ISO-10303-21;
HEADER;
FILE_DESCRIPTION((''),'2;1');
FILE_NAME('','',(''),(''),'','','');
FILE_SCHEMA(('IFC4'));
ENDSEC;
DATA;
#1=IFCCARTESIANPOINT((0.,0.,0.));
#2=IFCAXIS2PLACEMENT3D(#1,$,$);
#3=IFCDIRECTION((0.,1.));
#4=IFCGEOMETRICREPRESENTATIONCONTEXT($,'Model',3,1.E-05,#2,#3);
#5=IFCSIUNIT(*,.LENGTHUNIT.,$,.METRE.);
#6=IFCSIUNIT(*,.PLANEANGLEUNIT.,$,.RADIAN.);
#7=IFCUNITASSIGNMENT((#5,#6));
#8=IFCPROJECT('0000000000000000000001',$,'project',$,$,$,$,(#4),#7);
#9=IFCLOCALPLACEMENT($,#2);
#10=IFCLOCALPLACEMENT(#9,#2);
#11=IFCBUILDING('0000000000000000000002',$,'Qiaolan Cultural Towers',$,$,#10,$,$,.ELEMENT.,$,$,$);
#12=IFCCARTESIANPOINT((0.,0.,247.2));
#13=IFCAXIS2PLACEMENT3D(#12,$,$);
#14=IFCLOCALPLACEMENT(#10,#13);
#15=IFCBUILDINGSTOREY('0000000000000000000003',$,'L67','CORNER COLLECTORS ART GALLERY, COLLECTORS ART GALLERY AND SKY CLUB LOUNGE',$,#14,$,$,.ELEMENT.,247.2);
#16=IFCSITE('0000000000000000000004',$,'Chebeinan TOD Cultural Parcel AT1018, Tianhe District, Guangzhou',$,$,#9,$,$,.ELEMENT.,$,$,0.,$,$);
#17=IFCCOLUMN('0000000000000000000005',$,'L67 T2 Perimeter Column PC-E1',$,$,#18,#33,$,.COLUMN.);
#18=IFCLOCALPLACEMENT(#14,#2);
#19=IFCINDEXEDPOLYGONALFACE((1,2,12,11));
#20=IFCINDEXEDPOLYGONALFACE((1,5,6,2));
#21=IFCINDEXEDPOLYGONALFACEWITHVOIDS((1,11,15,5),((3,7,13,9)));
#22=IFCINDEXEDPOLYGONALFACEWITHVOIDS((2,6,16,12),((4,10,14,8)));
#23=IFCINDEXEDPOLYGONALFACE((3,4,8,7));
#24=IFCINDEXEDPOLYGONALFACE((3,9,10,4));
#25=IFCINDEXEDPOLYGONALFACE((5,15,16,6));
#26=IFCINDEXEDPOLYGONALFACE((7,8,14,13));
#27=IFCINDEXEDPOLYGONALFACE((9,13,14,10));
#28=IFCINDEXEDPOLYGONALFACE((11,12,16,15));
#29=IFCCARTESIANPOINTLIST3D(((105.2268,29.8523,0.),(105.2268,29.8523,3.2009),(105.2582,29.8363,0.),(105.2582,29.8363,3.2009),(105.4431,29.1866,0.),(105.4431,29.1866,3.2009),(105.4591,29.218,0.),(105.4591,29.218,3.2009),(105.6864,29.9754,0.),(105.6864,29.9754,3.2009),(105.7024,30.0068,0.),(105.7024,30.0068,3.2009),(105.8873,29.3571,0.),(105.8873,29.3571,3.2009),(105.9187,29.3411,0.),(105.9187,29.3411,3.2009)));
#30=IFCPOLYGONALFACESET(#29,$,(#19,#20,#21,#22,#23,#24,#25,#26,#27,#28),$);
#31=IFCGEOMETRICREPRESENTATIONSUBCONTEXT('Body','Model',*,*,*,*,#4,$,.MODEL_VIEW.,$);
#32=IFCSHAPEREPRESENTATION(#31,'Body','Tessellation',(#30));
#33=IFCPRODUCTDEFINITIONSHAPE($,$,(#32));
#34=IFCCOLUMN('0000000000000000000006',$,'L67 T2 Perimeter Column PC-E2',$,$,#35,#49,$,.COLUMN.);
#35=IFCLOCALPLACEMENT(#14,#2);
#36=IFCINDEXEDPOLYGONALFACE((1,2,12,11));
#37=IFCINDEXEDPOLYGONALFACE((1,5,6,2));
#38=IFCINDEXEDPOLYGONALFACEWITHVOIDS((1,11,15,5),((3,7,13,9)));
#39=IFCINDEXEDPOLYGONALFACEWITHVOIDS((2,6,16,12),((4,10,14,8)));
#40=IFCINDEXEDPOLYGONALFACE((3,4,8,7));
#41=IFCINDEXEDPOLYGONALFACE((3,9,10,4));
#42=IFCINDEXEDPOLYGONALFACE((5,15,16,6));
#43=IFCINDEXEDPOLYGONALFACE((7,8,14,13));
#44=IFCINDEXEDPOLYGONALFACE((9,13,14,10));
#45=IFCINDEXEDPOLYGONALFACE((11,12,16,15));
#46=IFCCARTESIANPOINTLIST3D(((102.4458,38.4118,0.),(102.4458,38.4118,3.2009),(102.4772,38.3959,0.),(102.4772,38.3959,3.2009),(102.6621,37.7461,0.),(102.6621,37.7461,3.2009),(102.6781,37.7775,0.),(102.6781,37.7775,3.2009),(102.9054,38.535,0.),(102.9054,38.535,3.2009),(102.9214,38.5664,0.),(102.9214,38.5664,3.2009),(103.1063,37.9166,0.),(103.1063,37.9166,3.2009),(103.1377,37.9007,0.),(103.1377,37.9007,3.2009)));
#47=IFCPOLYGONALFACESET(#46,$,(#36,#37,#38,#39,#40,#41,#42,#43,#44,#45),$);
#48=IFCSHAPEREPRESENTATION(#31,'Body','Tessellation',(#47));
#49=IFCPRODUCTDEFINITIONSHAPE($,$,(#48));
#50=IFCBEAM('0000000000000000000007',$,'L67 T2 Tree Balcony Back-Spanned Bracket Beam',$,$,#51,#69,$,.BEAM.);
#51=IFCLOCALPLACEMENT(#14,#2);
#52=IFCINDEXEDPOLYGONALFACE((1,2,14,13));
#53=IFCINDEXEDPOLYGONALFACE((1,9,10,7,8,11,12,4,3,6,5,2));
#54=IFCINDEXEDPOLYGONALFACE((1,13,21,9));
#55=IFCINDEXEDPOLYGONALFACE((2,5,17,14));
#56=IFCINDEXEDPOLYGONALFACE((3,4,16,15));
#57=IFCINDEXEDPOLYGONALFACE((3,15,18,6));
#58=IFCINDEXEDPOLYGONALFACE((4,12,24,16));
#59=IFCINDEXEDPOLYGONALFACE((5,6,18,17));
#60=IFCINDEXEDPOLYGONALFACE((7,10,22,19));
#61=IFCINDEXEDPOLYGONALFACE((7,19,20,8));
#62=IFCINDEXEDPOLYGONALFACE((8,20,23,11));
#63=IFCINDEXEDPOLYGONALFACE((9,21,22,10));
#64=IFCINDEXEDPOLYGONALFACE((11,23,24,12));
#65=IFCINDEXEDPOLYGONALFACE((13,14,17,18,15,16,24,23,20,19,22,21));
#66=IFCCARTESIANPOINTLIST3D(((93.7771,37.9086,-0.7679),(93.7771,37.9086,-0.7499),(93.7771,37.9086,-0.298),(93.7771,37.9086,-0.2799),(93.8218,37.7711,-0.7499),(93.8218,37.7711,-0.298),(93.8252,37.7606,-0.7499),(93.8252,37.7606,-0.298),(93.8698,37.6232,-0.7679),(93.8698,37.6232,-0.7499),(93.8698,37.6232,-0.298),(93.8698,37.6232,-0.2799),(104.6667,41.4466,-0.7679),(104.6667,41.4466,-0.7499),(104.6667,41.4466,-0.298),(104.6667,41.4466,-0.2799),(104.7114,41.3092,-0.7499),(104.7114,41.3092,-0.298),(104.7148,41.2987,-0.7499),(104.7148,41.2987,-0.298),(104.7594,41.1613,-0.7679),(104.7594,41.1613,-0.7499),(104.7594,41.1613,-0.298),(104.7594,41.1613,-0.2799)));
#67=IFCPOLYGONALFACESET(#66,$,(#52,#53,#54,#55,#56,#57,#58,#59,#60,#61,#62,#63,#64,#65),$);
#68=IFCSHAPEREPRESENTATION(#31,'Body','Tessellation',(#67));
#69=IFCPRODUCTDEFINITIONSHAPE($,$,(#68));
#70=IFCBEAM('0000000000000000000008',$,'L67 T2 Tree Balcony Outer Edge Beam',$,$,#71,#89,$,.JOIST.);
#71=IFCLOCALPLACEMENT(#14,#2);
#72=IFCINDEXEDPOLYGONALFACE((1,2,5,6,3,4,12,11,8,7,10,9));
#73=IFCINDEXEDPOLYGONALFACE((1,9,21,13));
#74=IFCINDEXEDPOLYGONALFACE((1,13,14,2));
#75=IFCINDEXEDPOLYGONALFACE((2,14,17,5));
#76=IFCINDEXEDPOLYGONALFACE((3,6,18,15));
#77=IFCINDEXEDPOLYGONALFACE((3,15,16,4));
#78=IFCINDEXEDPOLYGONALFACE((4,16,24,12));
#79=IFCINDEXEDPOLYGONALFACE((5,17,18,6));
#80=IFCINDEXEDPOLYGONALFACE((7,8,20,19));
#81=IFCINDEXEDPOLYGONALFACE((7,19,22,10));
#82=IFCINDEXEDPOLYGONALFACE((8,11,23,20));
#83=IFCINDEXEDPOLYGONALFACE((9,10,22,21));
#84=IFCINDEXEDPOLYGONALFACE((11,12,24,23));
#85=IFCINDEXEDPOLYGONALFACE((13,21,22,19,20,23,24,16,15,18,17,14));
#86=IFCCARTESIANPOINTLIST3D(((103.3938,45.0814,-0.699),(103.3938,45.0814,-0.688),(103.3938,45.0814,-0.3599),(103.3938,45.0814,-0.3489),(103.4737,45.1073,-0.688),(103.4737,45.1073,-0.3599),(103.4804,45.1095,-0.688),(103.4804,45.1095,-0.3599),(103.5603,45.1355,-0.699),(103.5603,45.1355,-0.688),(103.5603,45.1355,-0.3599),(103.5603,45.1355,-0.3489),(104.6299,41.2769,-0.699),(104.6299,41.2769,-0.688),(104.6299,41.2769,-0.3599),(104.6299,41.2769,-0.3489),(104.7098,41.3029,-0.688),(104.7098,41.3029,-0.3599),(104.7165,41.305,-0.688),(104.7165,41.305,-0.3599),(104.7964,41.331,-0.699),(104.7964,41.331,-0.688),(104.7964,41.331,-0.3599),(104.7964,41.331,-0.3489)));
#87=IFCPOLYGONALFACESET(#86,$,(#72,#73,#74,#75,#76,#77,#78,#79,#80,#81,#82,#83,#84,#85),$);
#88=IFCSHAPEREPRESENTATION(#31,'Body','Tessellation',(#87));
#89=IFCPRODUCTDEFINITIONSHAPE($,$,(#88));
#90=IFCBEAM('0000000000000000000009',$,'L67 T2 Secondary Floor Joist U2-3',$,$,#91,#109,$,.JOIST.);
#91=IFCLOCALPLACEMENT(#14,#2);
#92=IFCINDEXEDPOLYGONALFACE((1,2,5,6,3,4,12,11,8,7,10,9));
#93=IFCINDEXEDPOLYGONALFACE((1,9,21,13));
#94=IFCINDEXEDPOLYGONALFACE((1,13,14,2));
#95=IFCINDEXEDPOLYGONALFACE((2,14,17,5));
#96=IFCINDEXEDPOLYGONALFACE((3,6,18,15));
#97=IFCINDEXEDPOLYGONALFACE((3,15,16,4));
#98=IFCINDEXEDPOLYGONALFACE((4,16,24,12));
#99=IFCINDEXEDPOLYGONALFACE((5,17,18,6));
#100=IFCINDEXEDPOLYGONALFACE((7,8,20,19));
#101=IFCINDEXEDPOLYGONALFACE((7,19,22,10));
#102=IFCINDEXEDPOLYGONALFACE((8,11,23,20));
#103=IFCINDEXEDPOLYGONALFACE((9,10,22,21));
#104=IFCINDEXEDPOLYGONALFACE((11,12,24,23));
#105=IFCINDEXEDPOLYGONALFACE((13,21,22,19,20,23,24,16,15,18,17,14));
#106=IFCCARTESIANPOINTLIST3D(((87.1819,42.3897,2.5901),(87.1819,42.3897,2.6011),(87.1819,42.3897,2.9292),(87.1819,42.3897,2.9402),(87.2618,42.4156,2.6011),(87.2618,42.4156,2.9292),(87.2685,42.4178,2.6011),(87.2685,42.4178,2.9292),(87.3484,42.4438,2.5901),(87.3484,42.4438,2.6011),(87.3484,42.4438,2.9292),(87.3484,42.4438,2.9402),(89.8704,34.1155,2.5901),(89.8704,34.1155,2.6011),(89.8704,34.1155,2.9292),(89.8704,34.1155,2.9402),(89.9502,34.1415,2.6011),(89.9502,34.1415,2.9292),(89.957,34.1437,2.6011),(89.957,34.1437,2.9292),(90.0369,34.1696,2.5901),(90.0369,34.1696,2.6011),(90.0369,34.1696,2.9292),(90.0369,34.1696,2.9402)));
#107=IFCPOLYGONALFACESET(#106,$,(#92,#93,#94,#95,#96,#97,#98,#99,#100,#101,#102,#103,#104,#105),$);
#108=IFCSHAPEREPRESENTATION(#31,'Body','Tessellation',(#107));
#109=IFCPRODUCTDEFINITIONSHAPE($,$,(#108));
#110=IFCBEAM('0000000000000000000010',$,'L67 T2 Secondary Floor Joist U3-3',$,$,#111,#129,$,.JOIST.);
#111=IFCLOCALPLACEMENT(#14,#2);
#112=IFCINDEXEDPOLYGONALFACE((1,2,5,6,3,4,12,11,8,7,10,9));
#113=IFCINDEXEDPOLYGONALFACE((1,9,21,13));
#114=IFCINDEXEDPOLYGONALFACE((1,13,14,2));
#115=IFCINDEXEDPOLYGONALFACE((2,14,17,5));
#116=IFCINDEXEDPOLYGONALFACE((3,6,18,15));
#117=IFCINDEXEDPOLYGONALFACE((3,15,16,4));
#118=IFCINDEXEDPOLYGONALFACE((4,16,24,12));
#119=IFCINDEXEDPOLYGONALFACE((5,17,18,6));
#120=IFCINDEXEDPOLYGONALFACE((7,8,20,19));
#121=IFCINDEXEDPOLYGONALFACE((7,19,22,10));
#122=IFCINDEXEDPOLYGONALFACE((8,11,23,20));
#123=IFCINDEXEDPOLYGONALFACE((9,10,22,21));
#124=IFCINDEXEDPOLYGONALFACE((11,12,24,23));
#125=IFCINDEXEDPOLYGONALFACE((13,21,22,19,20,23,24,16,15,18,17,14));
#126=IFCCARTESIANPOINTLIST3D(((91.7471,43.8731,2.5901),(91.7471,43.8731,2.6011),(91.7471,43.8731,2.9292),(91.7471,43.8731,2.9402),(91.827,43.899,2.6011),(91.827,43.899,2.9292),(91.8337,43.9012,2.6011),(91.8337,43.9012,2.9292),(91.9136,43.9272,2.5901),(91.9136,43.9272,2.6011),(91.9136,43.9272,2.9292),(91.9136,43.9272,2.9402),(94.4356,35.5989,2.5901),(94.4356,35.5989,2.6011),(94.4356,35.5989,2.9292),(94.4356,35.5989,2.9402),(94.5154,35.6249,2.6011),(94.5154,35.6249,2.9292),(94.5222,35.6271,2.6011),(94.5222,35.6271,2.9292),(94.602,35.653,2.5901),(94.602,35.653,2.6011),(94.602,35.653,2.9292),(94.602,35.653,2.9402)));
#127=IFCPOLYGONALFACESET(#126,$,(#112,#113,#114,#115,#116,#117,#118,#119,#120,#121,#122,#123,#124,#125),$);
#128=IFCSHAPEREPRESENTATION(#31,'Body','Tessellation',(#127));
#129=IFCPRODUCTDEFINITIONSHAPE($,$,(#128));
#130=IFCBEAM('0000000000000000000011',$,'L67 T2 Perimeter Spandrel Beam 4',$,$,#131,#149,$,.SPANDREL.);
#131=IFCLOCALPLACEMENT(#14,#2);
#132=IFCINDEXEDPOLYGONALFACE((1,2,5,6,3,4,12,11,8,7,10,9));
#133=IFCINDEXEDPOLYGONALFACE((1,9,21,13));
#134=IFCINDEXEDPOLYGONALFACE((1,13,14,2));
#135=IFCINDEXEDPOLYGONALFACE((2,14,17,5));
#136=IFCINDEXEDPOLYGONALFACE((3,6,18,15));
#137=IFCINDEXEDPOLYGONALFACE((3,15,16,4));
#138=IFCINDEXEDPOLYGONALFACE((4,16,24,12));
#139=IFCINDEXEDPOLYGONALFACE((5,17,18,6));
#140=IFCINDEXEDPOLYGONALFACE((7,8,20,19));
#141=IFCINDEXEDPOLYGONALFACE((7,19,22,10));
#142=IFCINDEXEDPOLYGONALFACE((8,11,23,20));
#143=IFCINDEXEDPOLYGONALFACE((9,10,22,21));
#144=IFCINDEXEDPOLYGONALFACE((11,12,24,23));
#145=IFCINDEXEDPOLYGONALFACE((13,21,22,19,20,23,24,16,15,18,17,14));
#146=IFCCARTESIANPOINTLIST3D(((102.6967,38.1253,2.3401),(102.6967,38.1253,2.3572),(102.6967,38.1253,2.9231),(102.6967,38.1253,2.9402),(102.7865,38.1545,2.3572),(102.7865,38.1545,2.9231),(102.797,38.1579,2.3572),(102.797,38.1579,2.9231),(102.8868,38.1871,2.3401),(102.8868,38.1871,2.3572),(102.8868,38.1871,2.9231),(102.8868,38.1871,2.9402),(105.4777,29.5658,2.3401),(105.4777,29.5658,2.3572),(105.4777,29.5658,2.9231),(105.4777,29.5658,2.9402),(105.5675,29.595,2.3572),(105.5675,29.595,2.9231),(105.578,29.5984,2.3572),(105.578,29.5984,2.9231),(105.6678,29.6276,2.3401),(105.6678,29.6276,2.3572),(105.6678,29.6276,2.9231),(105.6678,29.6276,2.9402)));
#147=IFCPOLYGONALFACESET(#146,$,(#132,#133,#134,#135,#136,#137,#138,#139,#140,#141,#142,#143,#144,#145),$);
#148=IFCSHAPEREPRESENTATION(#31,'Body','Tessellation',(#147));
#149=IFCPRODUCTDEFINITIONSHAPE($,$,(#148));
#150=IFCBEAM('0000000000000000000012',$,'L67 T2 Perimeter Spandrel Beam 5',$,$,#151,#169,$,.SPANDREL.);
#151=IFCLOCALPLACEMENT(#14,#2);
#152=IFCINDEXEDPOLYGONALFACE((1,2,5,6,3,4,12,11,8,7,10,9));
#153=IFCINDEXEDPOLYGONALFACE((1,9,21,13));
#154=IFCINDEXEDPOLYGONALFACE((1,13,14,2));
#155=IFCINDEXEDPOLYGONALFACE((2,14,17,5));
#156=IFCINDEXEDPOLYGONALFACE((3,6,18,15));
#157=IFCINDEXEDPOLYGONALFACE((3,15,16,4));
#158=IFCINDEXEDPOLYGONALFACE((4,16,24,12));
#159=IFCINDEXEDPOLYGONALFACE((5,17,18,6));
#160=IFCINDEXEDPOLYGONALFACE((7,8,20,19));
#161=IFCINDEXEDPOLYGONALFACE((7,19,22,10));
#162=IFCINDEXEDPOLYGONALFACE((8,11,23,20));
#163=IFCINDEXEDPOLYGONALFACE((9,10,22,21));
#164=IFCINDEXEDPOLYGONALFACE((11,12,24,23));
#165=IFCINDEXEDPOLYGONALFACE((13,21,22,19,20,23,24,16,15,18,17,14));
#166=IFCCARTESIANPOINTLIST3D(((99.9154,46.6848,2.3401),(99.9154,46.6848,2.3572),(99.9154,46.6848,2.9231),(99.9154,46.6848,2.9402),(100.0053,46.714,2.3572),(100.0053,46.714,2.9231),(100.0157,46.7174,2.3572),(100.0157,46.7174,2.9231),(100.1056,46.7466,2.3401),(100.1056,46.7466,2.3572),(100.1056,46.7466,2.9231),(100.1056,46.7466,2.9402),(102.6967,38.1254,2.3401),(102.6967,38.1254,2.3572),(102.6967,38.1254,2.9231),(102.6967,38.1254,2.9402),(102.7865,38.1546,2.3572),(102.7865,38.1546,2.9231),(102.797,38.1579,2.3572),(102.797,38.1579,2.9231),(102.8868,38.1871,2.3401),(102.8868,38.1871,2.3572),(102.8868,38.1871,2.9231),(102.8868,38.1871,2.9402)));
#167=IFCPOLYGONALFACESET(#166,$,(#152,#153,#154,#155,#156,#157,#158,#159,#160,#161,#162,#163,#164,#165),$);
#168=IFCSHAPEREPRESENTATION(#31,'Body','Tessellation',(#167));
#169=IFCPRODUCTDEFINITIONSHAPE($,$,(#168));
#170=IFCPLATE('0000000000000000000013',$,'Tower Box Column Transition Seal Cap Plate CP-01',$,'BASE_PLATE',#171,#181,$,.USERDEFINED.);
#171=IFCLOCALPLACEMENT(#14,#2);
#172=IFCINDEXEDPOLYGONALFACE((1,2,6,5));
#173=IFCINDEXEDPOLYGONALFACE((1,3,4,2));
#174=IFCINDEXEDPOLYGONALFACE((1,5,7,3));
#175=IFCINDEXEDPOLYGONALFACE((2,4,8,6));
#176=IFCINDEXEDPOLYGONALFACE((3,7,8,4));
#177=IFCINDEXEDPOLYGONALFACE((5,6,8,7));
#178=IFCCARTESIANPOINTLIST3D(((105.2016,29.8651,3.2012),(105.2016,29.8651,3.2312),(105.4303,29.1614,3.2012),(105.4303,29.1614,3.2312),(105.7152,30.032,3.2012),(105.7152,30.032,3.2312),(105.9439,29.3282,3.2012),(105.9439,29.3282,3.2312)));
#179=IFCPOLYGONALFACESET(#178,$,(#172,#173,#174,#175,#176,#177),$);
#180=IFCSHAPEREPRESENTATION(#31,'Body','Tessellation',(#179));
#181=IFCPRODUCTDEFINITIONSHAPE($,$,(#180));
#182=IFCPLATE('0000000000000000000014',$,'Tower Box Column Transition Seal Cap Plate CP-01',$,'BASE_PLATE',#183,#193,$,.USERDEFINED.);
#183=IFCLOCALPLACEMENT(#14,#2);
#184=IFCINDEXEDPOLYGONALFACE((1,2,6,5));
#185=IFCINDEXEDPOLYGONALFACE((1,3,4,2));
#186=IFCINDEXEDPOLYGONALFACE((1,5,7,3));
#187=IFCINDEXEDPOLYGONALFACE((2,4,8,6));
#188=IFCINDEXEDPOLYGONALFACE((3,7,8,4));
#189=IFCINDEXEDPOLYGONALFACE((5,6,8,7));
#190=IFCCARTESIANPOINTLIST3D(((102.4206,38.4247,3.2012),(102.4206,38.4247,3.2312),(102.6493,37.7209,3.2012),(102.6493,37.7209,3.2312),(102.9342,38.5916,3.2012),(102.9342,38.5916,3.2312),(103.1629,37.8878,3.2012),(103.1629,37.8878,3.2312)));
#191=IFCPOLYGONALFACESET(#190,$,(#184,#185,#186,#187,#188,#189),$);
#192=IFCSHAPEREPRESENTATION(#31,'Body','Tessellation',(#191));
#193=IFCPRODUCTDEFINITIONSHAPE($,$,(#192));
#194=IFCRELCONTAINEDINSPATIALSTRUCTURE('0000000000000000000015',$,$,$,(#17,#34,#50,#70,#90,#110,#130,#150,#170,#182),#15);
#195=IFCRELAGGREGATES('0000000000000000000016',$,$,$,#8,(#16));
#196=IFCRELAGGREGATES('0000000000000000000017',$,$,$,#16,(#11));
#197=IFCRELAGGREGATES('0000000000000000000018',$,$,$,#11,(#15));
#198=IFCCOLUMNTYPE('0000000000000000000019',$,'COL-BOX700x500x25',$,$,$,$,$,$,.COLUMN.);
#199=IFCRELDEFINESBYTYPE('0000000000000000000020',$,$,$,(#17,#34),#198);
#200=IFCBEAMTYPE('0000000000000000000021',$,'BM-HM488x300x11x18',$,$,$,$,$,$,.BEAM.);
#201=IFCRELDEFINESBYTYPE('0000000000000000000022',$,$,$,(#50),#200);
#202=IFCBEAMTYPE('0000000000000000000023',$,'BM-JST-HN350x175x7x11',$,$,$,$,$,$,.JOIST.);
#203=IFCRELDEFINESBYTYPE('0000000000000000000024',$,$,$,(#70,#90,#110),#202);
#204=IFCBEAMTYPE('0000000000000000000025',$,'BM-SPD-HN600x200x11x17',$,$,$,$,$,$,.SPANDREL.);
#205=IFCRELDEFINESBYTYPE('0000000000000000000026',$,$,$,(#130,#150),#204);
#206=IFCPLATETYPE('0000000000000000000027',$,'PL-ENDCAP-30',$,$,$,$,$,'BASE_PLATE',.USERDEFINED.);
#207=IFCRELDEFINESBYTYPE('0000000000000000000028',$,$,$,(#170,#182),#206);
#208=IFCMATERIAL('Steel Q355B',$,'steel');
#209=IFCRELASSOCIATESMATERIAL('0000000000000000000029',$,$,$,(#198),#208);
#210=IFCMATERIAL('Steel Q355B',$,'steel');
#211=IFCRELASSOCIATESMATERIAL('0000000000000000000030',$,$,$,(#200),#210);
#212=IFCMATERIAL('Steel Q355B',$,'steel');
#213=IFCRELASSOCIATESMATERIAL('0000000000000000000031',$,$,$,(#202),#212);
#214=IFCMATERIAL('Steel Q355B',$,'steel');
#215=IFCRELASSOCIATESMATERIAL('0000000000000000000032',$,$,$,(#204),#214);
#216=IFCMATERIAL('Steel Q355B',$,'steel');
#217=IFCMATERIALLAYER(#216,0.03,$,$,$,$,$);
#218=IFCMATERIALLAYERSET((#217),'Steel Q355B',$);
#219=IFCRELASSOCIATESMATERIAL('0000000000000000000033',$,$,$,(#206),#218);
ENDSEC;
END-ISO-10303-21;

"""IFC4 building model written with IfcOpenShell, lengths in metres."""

from ifc_helpers import new_model, si_unit, direction, frame, origin, origin_2d, place, context, subcontext, project, spatial, rectangle, hollow_rectangle, i_section, extrude, material, layer, layer_set, material_profile, profile_set, type_object, element, save


model = new_model("IFC4")

# Units and contexts
model_context = context("Model", 3, precision=1e-05, world=origin(), true_north=direction((0.0, 1.0)))
body_context = subcontext(model_context, "Body", "Model", "MODEL_VIEW")
ifc_project = project(units=[si_unit("LENGTHUNIT", "METRE"), si_unit("PLANEANGLEUNIT", "RADIAN")], contexts=[model_context])

# Site, building, storey
site_placement = place(None, origin())
site = spatial("IfcSite", under=ifc_project, at=site_placement, Name="Chebeinan TOD Cultural Parcel AT1018, Tianhe District, Guangzhou", CompositionType="ELEMENT", RefElevation=0.0)
building_placement = place(site_placement, origin())
building = spatial("IfcBuilding", under=site, at=building_placement, Name="Qiaolan Cultural Towers", CompositionType="ELEMENT")
storey_placement = place(building_placement, frame((0.0, 0.0, 247.2)))
storey = spatial("IfcBuildingStorey", under=building, at=storey_placement, Name="L67", Description="CORNER COLLECTORS ART GALLERY, COLLECTORS ART GALLERY AND SKY CLUB LOUNGE", CompositionType="ELEMENT", Elevation=247.2)

# Columns
ifc_material_1 = material(Name="Steel Q355B", Category="steel")
ifc_material_profile_1 = material_profile(ifc_material_1, hollow_rectangle(XDim=0.5, YDim=0.7, WallThickness=0.0249, at=origin_2d()), Name="BOX700x500x25")
ifc_profile_set_1 = profile_set([ifc_material_profile_1], Name="Steel Q355B")
column_type = type_object("IfcColumnType", Name="COL-BOX700x500x25", PredefinedType="COLUMN", material=ifc_profile_set_1)
for number, where, z_axis, x_axis, name in (
    (1, (105.5728, 29.5967, 0.0), (0.0, 0.0, 1.0), (0.951057, 0.309017, 0.0), "L67 T2 Perimeter Column PC-E1"),
    (2, (102.7917, 38.1562, 0.0), (0.0, 0.0, 1.0), (0.951057, 0.309017, 0.0), "L67 T2 Perimeter Column PC-E2"),
):
    element("IfcColumn", number, at=place(storey_placement, frame(where, z_axis=z_axis, x_axis=x_axis)), inside=storey, type_object=column_type, Name=name, PredefinedType="COLUMN", context=body_context, shape_type="SweptSolid", body=[
        extrude(hollow_rectangle(XDim=0.5, YDim=0.7, WallThickness=0.0249, at=origin_2d()), origin(), (0.0, 0.0, 1.0), 3.2009),
    ])

# Beams
ifc_material_2 = material(Name="Steel Q355B", Category="steel")
ifc_material_profile_2 = material_profile(ifc_material_2, i_section(OverallWidth=0.3, OverallDepth=0.488, WebThickness=0.011, FlangeThickness=0.0181, at=origin_2d()), Name="HM488x300x11x18")
ifc_profile_set_2 = profile_set([ifc_material_profile_2], Name="Steel Q355B")
beam_type_1 = type_object("IfcBeamType", Name="BM-HM488x300x11x18", PredefinedType="BEAM", material=ifc_profile_set_2)
beam_1_placement = place(storey_placement, frame((93.8235, 37.7659, -0.5239), z_axis=(0.951061, 0.309003, 0.0), x_axis=(-0.309003, 0.951061, 0.0)))
element("IfcBeam", 3, at=beam_1_placement, inside=storey, type_object=beam_type_1, Name="L67 T2 Tree Balcony Back-Spanned Bracket Beam", PredefinedType="BEAM", context=body_context, shape_type="SweptSolid", body=[
    extrude(i_section(OverallWidth=0.3, OverallDepth=0.488, WebThickness=0.011, FlangeThickness=0.0181, at=origin_2d()), origin(), (0.0, 0.0, 1.0), 11.45),
])
ifc_material_3 = material(Name="Steel Q355B", Category="steel")
ifc_material_profile_3 = material_profile(ifc_material_3, i_section(OverallWidth=0.175, OverallDepth=0.3501, WebThickness=0.0071, FlangeThickness=0.011, at=origin_2d()), Name="HN350x175x7x11")
ifc_profile_set_3 = profile_set([ifc_material_profile_3], Name="Steel Q355B")
beam_type_2 = type_object("IfcBeamType", Name="BM-JST-HN350x175x7x11", PredefinedType="JOIST", material=ifc_profile_set_3)
beam_2_placement = place(storey_placement, frame((104.7131, 41.304, -0.5239), z_axis=(-0.309005, 0.951061, 0.0), x_axis=(-0.951061, -0.309005, 0.0)))
element("IfcBeam", 4, at=beam_2_placement, inside=storey, type_object=beam_type_2, Name="L67 T2 Tree Balcony Outer Edge Beam", PredefinedType="JOIST", context=body_context, shape_type="SweptSolid", body=[
    extrude(i_section(OverallWidth=0.175, OverallDepth=0.3501, WebThickness=0.0071, FlangeThickness=0.011, at=origin_2d()), origin(), (0.0, 0.0, 1.0), 4.0002),
])
for number, where, z_axis, x_axis, name in (
    (5, (89.9536, 34.1426, 2.7651), (-0.309021, 0.951055, 0.0), (-0.951055, -0.309021, 0.0), "L67 T2 Secondary Floor Joist U2-3"),
    (6, (94.5188, 35.626, 2.7651), (-0.309021, 0.951055, 0.0), (-0.951055, -0.309021, 0.0), "L67 T2 Secondary Floor Joist U3-3"),
):
    element("IfcBeam", number, at=place(storey_placement, frame(where, z_axis=z_axis, x_axis=x_axis)), inside=storey, type_object=beam_type_2, Name=name, PredefinedType="JOIST", context=body_context, shape_type="SweptSolid", body=[
        extrude(i_section(OverallWidth=0.175, OverallDepth=0.3501, WebThickness=0.0071, FlangeThickness=0.011, at=origin_2d()), origin(), (0.0, 0.0, 1.0), 8.7),
    ])
ifc_material_4 = material(Name="Steel Q355B", Category="steel")
ifc_material_profile_4 = material_profile(ifc_material_4, i_section(OverallWidth=0.2, OverallDepth=0.6001, WebThickness=0.011, FlangeThickness=0.0171, at=origin_2d()), Name="HN600x200x11x17")
ifc_profile_set_4 = profile_set([ifc_material_profile_4], Name="Steel Q355B")
beam_type_3 = type_object("IfcBeamType", Name="BM-SPD-HN600x200x11x17", PredefinedType="SPANDREL", material=ifc_profile_set_4)
for number, where, z_axis, x_axis, name in (
    (7, (105.5728, 29.5967, 2.6401), (-0.309, 0.951062, 0.0), (-0.951062, -0.309, 0.0), "L67 T2 Perimeter Spandrel Beam 4"),
    (8, (102.7917, 38.1562, 2.6401), (-0.309025, 0.951054, 0.0), (-0.951054, -0.309025, 0.0), "L67 T2 Perimeter Spandrel Beam 5"),
):
    element("IfcBeam", number, at=place(storey_placement, frame(where, z_axis=z_axis, x_axis=x_axis)), inside=storey, type_object=beam_type_3, Name=name, PredefinedType="SPANDREL", context=body_context, shape_type="SweptSolid", body=[
        extrude(i_section(OverallWidth=0.2, OverallDepth=0.6001, WebThickness=0.011, FlangeThickness=0.0171, at=origin_2d()), origin(), (0.0, 0.0, 1.0), 9.0),
    ])

# Plates
ifc_material_5 = material(Name="Steel Q355B", Category="steel")
ifc_layer_1 = layer(ifc_material_5, 0.03)
ifc_layer_set_1 = layer_set([ifc_layer_1], Name="Steel Q355B")
plate_type = type_object("IfcPlateType", Name="PL-ENDCAP-30", ElementType="BASE_PLATE", PredefinedType="USERDEFINED", material=ifc_layer_set_1)
for number, where, z_axis, x_axis, name in (
    (9, (105.5728, 29.5967, 3.2012), (0.0, 0.0, 1.0), (0.951057, 0.309017, 0.0), "Tower Box Column Transition Seal Cap Plate CP-01"),
    (10, (102.7917, 38.1562, 3.2012), (0.0, 0.0, 1.0), (0.951057, 0.309017, 0.0), "Tower Box Column Transition Seal Cap Plate CP-01"),
):
    element("IfcPlate", number, at=place(storey_placement, frame(where, z_axis=z_axis, x_axis=x_axis)), inside=storey, type_object=plate_type, Name=name, ObjectType="BASE_PLATE", PredefinedType="USERDEFINED", context=body_context, shape_type="SweptSolid", body=[
        extrude(rectangle(XDim=0.54, YDim=0.74, at=origin_2d()), origin(), (0.0, 0.0, 1.0), 0.03),
    ])

save(model, "model.ifc")
